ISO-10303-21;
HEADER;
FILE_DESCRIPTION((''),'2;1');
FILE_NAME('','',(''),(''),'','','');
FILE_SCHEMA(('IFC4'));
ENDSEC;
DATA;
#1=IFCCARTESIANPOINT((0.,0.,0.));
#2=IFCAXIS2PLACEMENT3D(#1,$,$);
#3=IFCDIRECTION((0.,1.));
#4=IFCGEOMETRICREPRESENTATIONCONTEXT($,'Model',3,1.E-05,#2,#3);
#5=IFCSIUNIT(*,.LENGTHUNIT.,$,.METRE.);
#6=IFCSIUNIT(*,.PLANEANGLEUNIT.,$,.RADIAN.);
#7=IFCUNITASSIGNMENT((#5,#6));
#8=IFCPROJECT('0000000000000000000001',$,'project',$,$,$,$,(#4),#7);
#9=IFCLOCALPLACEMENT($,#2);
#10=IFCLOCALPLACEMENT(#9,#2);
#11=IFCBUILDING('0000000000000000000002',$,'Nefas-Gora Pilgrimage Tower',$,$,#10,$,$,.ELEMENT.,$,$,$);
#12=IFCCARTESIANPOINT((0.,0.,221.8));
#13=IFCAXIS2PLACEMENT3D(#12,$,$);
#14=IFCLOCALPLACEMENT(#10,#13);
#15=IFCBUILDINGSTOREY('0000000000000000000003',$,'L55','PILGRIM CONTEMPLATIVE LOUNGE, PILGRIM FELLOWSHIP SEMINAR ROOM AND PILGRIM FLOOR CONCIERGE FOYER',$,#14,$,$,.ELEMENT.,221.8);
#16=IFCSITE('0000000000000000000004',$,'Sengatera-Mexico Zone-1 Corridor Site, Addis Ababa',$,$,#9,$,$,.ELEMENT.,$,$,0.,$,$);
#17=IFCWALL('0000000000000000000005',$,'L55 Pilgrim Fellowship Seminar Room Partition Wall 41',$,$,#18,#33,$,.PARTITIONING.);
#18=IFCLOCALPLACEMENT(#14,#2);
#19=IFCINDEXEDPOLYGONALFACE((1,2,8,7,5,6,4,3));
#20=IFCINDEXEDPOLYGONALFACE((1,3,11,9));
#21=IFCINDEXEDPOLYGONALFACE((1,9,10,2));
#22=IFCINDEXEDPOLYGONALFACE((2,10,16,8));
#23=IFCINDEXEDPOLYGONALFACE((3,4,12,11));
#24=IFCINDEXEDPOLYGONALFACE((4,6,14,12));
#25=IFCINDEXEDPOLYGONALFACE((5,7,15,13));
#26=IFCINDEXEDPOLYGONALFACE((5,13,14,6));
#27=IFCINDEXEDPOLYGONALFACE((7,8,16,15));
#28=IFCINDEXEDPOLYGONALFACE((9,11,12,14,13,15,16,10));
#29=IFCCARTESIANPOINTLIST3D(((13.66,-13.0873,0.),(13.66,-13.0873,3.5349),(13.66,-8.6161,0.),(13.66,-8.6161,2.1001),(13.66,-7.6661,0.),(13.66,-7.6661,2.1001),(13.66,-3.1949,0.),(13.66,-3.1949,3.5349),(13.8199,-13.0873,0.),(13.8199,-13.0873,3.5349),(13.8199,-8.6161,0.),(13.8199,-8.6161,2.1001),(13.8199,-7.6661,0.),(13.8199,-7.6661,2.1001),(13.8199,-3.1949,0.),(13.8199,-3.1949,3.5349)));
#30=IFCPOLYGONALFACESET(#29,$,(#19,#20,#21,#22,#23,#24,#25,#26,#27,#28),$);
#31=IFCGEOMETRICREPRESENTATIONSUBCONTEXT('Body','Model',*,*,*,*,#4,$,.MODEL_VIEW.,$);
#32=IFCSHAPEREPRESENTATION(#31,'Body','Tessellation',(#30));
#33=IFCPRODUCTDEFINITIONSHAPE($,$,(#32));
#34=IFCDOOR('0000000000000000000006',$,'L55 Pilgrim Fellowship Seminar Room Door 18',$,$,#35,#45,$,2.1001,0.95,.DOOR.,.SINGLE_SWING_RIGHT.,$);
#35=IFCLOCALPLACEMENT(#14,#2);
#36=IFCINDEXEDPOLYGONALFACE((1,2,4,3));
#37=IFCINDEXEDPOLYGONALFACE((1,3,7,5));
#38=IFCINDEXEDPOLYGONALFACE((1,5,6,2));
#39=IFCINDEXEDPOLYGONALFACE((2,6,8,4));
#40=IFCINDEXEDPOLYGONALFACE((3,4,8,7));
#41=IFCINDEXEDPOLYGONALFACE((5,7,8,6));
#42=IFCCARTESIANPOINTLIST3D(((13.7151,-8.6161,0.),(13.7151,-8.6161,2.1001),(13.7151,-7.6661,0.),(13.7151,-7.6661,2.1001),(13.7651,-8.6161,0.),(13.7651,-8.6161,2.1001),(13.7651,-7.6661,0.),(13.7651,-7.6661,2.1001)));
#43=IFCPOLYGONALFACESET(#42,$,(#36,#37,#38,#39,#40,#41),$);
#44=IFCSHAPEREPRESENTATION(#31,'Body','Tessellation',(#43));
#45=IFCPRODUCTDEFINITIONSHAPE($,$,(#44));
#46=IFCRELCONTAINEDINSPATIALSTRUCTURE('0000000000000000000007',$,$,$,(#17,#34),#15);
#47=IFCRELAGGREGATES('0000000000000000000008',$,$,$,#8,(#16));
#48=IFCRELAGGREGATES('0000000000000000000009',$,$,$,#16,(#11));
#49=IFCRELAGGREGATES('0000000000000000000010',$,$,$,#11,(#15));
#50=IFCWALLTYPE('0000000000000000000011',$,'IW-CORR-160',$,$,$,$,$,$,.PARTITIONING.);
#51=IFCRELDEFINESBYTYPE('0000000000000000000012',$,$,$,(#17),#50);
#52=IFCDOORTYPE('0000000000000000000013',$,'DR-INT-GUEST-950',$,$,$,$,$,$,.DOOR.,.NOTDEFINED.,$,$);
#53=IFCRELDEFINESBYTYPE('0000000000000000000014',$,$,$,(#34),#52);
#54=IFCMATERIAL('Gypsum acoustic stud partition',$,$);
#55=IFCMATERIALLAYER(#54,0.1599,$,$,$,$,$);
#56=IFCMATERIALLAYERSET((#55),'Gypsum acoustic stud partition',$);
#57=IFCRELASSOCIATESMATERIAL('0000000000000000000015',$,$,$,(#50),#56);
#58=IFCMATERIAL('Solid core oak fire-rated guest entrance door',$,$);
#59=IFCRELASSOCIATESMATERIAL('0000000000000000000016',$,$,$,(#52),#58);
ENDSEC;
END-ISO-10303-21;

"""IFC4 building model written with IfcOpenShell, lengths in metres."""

from ifc_helpers import new_model, si_unit, direction, frame, frame_2d, origin, place, context, subcontext, project, spatial, rectangle, extrude, source, transform, mapped, material, layer, layer_set, type_object, element, fill, save


model = new_model("IFC4")

# Units and contexts
model_context = context("Model", 3, precision=1e-05, world=origin(), true_north=direction((0.0, 1.0)))
body_context = subcontext(model_context, "Body", "Model", "MODEL_VIEW")
ifc_project = project(units=[si_unit("LENGTHUNIT", "METRE"), si_unit("PLANEANGLEUNIT", "RADIAN")], contexts=[model_context])

# Site, building, storey
site_placement = place(None, origin())
site = spatial("IfcSite", under=ifc_project, at=site_placement, Name="Sengatera-Mexico Zone-1 Corridor Site, Addis Ababa", CompositionType="ELEMENT", RefElevation=0.0)
building_placement = place(site_placement, origin())
building = spatial("IfcBuilding", under=site, at=building_placement, Name="Nefas-Gora Pilgrimage Tower", CompositionType="ELEMENT")
storey_placement = place(building_placement, frame((0.0, 0.0, 221.8)))
storey = spatial("IfcBuildingStorey", under=building, at=storey_placement, Name="L55", Description="PILGRIM CONTEMPLATIVE LOUNGE, PILGRIM FELLOWSHIP SEMINAR ROOM AND PILGRIM FLOOR CONCIERGE FOYER", CompositionType="ELEMENT", Elevation=221.8)

# Shared definitions
ifc_material_1 = material(Name="Gypsum acoustic stud partition")
ifc_layer_1 = layer(ifc_material_1, 0.1599)
ifc_layer_set_1 = layer_set([ifc_layer_1], Name="Gypsum acoustic stud partition")
wall_type_1 = type_object("IfcWallType", Name="IW-CORR-160", PredefinedType="PARTITIONING", material=ifc_layer_set_1)
ifc_material_2 = material(Name="Solid core oak fire-rated guest entrance door")
door_type_1 = type_object("IfcDoorType", Name="DR-INT-GUEST-950", OperationType="NOTDEFINED", PredefinedType="DOOR", material=ifc_material_2)
shared_shape_1 = source(origin(), body_context, "Body", "SweptSolid", [
    extrude(rectangle(XDim=0.95, YDim=2.1001, at=frame_2d((0.4751, 1.05))), frame((0.0, 0.0249, 0.0), z_axis=(0.0, -1.0, 0.0), x_axis=(1.0, 0.0, 0.0)), (0.0, 0.0, 1.0), 0.05),
])

# Wall, opening, door
shared_shape_2 = source(origin(), body_context, "Body", "SweptSolid", [
    extrude(rectangle(XDim=9.8923, YDim=0.1599, at=frame_2d((4.9463, 0.0))), origin(), (0.0, 0.0, 1.0), 3.5349),
])
wall_1_placement = place(storey_placement, frame((13.74, -13.0874, 0.0), z_axis=(0.0, 0.0, 1.0), x_axis=(0.0, 1.0, 0.0)))
wall_1 = element("IfcWall", 1, at=wall_1_placement, inside=storey, type_object=wall_type_1, Name="L55 Pilgrim Fellowship Seminar Room Partition Wall 41", PredefinedType="PARTITIONING", context=body_context, shape_type="MappedRepresentation", body=[
    mapped(shared_shape_2, transform((0.0, 0.0, 0.0), x_axis=(1.0, 0.0, 0.0), y_axis=(0.0, 1.0, 0.0), z_axis=(0.0, 0.0, 1.0), scale=1.0)),
])
opening_1_placement = place(wall_1_placement, frame((4.4712, 0.0, 0.0)))
opening_1 = element("IfcOpeningElement", 2, at=opening_1_placement, cuts=wall_1, PredefinedType="OPENING", context=body_context, shape_type="SweptSolid", body=[
    extrude(rectangle(XDim=0.95, YDim=2.1001, at=frame_2d((0.4751, 1.05))), frame((0.0, 0.0898, 0.0), z_axis=(0.0, -1.0, 0.0), x_axis=(1.0, 0.0, 0.0)), (0.0, 0.0, 1.0), 0.1799),
])
door_1_placement = place(opening_1_placement, origin())
door_1 = element("IfcDoor", 3, at=door_1_placement, inside=storey, type_object=door_type_1, Name="L55 Pilgrim Fellowship Seminar Room Door 18", OperationType="SINGLE_SWING_RIGHT", OverallHeight=2.1001, OverallWidth=0.95, PredefinedType="DOOR", context=body_context, shape_type="MappedRepresentation", body=[
    mapped(shared_shape_1, transform((0.0, 0.0, 0.0), x_axis=(1.0, 0.0, 0.0), y_axis=(0.0, 1.0, 0.0), z_axis=(0.0, 0.0, 1.0), scale=1.0)),
])
fill(opening_1, door_1)

save(model, "model.ifc")
